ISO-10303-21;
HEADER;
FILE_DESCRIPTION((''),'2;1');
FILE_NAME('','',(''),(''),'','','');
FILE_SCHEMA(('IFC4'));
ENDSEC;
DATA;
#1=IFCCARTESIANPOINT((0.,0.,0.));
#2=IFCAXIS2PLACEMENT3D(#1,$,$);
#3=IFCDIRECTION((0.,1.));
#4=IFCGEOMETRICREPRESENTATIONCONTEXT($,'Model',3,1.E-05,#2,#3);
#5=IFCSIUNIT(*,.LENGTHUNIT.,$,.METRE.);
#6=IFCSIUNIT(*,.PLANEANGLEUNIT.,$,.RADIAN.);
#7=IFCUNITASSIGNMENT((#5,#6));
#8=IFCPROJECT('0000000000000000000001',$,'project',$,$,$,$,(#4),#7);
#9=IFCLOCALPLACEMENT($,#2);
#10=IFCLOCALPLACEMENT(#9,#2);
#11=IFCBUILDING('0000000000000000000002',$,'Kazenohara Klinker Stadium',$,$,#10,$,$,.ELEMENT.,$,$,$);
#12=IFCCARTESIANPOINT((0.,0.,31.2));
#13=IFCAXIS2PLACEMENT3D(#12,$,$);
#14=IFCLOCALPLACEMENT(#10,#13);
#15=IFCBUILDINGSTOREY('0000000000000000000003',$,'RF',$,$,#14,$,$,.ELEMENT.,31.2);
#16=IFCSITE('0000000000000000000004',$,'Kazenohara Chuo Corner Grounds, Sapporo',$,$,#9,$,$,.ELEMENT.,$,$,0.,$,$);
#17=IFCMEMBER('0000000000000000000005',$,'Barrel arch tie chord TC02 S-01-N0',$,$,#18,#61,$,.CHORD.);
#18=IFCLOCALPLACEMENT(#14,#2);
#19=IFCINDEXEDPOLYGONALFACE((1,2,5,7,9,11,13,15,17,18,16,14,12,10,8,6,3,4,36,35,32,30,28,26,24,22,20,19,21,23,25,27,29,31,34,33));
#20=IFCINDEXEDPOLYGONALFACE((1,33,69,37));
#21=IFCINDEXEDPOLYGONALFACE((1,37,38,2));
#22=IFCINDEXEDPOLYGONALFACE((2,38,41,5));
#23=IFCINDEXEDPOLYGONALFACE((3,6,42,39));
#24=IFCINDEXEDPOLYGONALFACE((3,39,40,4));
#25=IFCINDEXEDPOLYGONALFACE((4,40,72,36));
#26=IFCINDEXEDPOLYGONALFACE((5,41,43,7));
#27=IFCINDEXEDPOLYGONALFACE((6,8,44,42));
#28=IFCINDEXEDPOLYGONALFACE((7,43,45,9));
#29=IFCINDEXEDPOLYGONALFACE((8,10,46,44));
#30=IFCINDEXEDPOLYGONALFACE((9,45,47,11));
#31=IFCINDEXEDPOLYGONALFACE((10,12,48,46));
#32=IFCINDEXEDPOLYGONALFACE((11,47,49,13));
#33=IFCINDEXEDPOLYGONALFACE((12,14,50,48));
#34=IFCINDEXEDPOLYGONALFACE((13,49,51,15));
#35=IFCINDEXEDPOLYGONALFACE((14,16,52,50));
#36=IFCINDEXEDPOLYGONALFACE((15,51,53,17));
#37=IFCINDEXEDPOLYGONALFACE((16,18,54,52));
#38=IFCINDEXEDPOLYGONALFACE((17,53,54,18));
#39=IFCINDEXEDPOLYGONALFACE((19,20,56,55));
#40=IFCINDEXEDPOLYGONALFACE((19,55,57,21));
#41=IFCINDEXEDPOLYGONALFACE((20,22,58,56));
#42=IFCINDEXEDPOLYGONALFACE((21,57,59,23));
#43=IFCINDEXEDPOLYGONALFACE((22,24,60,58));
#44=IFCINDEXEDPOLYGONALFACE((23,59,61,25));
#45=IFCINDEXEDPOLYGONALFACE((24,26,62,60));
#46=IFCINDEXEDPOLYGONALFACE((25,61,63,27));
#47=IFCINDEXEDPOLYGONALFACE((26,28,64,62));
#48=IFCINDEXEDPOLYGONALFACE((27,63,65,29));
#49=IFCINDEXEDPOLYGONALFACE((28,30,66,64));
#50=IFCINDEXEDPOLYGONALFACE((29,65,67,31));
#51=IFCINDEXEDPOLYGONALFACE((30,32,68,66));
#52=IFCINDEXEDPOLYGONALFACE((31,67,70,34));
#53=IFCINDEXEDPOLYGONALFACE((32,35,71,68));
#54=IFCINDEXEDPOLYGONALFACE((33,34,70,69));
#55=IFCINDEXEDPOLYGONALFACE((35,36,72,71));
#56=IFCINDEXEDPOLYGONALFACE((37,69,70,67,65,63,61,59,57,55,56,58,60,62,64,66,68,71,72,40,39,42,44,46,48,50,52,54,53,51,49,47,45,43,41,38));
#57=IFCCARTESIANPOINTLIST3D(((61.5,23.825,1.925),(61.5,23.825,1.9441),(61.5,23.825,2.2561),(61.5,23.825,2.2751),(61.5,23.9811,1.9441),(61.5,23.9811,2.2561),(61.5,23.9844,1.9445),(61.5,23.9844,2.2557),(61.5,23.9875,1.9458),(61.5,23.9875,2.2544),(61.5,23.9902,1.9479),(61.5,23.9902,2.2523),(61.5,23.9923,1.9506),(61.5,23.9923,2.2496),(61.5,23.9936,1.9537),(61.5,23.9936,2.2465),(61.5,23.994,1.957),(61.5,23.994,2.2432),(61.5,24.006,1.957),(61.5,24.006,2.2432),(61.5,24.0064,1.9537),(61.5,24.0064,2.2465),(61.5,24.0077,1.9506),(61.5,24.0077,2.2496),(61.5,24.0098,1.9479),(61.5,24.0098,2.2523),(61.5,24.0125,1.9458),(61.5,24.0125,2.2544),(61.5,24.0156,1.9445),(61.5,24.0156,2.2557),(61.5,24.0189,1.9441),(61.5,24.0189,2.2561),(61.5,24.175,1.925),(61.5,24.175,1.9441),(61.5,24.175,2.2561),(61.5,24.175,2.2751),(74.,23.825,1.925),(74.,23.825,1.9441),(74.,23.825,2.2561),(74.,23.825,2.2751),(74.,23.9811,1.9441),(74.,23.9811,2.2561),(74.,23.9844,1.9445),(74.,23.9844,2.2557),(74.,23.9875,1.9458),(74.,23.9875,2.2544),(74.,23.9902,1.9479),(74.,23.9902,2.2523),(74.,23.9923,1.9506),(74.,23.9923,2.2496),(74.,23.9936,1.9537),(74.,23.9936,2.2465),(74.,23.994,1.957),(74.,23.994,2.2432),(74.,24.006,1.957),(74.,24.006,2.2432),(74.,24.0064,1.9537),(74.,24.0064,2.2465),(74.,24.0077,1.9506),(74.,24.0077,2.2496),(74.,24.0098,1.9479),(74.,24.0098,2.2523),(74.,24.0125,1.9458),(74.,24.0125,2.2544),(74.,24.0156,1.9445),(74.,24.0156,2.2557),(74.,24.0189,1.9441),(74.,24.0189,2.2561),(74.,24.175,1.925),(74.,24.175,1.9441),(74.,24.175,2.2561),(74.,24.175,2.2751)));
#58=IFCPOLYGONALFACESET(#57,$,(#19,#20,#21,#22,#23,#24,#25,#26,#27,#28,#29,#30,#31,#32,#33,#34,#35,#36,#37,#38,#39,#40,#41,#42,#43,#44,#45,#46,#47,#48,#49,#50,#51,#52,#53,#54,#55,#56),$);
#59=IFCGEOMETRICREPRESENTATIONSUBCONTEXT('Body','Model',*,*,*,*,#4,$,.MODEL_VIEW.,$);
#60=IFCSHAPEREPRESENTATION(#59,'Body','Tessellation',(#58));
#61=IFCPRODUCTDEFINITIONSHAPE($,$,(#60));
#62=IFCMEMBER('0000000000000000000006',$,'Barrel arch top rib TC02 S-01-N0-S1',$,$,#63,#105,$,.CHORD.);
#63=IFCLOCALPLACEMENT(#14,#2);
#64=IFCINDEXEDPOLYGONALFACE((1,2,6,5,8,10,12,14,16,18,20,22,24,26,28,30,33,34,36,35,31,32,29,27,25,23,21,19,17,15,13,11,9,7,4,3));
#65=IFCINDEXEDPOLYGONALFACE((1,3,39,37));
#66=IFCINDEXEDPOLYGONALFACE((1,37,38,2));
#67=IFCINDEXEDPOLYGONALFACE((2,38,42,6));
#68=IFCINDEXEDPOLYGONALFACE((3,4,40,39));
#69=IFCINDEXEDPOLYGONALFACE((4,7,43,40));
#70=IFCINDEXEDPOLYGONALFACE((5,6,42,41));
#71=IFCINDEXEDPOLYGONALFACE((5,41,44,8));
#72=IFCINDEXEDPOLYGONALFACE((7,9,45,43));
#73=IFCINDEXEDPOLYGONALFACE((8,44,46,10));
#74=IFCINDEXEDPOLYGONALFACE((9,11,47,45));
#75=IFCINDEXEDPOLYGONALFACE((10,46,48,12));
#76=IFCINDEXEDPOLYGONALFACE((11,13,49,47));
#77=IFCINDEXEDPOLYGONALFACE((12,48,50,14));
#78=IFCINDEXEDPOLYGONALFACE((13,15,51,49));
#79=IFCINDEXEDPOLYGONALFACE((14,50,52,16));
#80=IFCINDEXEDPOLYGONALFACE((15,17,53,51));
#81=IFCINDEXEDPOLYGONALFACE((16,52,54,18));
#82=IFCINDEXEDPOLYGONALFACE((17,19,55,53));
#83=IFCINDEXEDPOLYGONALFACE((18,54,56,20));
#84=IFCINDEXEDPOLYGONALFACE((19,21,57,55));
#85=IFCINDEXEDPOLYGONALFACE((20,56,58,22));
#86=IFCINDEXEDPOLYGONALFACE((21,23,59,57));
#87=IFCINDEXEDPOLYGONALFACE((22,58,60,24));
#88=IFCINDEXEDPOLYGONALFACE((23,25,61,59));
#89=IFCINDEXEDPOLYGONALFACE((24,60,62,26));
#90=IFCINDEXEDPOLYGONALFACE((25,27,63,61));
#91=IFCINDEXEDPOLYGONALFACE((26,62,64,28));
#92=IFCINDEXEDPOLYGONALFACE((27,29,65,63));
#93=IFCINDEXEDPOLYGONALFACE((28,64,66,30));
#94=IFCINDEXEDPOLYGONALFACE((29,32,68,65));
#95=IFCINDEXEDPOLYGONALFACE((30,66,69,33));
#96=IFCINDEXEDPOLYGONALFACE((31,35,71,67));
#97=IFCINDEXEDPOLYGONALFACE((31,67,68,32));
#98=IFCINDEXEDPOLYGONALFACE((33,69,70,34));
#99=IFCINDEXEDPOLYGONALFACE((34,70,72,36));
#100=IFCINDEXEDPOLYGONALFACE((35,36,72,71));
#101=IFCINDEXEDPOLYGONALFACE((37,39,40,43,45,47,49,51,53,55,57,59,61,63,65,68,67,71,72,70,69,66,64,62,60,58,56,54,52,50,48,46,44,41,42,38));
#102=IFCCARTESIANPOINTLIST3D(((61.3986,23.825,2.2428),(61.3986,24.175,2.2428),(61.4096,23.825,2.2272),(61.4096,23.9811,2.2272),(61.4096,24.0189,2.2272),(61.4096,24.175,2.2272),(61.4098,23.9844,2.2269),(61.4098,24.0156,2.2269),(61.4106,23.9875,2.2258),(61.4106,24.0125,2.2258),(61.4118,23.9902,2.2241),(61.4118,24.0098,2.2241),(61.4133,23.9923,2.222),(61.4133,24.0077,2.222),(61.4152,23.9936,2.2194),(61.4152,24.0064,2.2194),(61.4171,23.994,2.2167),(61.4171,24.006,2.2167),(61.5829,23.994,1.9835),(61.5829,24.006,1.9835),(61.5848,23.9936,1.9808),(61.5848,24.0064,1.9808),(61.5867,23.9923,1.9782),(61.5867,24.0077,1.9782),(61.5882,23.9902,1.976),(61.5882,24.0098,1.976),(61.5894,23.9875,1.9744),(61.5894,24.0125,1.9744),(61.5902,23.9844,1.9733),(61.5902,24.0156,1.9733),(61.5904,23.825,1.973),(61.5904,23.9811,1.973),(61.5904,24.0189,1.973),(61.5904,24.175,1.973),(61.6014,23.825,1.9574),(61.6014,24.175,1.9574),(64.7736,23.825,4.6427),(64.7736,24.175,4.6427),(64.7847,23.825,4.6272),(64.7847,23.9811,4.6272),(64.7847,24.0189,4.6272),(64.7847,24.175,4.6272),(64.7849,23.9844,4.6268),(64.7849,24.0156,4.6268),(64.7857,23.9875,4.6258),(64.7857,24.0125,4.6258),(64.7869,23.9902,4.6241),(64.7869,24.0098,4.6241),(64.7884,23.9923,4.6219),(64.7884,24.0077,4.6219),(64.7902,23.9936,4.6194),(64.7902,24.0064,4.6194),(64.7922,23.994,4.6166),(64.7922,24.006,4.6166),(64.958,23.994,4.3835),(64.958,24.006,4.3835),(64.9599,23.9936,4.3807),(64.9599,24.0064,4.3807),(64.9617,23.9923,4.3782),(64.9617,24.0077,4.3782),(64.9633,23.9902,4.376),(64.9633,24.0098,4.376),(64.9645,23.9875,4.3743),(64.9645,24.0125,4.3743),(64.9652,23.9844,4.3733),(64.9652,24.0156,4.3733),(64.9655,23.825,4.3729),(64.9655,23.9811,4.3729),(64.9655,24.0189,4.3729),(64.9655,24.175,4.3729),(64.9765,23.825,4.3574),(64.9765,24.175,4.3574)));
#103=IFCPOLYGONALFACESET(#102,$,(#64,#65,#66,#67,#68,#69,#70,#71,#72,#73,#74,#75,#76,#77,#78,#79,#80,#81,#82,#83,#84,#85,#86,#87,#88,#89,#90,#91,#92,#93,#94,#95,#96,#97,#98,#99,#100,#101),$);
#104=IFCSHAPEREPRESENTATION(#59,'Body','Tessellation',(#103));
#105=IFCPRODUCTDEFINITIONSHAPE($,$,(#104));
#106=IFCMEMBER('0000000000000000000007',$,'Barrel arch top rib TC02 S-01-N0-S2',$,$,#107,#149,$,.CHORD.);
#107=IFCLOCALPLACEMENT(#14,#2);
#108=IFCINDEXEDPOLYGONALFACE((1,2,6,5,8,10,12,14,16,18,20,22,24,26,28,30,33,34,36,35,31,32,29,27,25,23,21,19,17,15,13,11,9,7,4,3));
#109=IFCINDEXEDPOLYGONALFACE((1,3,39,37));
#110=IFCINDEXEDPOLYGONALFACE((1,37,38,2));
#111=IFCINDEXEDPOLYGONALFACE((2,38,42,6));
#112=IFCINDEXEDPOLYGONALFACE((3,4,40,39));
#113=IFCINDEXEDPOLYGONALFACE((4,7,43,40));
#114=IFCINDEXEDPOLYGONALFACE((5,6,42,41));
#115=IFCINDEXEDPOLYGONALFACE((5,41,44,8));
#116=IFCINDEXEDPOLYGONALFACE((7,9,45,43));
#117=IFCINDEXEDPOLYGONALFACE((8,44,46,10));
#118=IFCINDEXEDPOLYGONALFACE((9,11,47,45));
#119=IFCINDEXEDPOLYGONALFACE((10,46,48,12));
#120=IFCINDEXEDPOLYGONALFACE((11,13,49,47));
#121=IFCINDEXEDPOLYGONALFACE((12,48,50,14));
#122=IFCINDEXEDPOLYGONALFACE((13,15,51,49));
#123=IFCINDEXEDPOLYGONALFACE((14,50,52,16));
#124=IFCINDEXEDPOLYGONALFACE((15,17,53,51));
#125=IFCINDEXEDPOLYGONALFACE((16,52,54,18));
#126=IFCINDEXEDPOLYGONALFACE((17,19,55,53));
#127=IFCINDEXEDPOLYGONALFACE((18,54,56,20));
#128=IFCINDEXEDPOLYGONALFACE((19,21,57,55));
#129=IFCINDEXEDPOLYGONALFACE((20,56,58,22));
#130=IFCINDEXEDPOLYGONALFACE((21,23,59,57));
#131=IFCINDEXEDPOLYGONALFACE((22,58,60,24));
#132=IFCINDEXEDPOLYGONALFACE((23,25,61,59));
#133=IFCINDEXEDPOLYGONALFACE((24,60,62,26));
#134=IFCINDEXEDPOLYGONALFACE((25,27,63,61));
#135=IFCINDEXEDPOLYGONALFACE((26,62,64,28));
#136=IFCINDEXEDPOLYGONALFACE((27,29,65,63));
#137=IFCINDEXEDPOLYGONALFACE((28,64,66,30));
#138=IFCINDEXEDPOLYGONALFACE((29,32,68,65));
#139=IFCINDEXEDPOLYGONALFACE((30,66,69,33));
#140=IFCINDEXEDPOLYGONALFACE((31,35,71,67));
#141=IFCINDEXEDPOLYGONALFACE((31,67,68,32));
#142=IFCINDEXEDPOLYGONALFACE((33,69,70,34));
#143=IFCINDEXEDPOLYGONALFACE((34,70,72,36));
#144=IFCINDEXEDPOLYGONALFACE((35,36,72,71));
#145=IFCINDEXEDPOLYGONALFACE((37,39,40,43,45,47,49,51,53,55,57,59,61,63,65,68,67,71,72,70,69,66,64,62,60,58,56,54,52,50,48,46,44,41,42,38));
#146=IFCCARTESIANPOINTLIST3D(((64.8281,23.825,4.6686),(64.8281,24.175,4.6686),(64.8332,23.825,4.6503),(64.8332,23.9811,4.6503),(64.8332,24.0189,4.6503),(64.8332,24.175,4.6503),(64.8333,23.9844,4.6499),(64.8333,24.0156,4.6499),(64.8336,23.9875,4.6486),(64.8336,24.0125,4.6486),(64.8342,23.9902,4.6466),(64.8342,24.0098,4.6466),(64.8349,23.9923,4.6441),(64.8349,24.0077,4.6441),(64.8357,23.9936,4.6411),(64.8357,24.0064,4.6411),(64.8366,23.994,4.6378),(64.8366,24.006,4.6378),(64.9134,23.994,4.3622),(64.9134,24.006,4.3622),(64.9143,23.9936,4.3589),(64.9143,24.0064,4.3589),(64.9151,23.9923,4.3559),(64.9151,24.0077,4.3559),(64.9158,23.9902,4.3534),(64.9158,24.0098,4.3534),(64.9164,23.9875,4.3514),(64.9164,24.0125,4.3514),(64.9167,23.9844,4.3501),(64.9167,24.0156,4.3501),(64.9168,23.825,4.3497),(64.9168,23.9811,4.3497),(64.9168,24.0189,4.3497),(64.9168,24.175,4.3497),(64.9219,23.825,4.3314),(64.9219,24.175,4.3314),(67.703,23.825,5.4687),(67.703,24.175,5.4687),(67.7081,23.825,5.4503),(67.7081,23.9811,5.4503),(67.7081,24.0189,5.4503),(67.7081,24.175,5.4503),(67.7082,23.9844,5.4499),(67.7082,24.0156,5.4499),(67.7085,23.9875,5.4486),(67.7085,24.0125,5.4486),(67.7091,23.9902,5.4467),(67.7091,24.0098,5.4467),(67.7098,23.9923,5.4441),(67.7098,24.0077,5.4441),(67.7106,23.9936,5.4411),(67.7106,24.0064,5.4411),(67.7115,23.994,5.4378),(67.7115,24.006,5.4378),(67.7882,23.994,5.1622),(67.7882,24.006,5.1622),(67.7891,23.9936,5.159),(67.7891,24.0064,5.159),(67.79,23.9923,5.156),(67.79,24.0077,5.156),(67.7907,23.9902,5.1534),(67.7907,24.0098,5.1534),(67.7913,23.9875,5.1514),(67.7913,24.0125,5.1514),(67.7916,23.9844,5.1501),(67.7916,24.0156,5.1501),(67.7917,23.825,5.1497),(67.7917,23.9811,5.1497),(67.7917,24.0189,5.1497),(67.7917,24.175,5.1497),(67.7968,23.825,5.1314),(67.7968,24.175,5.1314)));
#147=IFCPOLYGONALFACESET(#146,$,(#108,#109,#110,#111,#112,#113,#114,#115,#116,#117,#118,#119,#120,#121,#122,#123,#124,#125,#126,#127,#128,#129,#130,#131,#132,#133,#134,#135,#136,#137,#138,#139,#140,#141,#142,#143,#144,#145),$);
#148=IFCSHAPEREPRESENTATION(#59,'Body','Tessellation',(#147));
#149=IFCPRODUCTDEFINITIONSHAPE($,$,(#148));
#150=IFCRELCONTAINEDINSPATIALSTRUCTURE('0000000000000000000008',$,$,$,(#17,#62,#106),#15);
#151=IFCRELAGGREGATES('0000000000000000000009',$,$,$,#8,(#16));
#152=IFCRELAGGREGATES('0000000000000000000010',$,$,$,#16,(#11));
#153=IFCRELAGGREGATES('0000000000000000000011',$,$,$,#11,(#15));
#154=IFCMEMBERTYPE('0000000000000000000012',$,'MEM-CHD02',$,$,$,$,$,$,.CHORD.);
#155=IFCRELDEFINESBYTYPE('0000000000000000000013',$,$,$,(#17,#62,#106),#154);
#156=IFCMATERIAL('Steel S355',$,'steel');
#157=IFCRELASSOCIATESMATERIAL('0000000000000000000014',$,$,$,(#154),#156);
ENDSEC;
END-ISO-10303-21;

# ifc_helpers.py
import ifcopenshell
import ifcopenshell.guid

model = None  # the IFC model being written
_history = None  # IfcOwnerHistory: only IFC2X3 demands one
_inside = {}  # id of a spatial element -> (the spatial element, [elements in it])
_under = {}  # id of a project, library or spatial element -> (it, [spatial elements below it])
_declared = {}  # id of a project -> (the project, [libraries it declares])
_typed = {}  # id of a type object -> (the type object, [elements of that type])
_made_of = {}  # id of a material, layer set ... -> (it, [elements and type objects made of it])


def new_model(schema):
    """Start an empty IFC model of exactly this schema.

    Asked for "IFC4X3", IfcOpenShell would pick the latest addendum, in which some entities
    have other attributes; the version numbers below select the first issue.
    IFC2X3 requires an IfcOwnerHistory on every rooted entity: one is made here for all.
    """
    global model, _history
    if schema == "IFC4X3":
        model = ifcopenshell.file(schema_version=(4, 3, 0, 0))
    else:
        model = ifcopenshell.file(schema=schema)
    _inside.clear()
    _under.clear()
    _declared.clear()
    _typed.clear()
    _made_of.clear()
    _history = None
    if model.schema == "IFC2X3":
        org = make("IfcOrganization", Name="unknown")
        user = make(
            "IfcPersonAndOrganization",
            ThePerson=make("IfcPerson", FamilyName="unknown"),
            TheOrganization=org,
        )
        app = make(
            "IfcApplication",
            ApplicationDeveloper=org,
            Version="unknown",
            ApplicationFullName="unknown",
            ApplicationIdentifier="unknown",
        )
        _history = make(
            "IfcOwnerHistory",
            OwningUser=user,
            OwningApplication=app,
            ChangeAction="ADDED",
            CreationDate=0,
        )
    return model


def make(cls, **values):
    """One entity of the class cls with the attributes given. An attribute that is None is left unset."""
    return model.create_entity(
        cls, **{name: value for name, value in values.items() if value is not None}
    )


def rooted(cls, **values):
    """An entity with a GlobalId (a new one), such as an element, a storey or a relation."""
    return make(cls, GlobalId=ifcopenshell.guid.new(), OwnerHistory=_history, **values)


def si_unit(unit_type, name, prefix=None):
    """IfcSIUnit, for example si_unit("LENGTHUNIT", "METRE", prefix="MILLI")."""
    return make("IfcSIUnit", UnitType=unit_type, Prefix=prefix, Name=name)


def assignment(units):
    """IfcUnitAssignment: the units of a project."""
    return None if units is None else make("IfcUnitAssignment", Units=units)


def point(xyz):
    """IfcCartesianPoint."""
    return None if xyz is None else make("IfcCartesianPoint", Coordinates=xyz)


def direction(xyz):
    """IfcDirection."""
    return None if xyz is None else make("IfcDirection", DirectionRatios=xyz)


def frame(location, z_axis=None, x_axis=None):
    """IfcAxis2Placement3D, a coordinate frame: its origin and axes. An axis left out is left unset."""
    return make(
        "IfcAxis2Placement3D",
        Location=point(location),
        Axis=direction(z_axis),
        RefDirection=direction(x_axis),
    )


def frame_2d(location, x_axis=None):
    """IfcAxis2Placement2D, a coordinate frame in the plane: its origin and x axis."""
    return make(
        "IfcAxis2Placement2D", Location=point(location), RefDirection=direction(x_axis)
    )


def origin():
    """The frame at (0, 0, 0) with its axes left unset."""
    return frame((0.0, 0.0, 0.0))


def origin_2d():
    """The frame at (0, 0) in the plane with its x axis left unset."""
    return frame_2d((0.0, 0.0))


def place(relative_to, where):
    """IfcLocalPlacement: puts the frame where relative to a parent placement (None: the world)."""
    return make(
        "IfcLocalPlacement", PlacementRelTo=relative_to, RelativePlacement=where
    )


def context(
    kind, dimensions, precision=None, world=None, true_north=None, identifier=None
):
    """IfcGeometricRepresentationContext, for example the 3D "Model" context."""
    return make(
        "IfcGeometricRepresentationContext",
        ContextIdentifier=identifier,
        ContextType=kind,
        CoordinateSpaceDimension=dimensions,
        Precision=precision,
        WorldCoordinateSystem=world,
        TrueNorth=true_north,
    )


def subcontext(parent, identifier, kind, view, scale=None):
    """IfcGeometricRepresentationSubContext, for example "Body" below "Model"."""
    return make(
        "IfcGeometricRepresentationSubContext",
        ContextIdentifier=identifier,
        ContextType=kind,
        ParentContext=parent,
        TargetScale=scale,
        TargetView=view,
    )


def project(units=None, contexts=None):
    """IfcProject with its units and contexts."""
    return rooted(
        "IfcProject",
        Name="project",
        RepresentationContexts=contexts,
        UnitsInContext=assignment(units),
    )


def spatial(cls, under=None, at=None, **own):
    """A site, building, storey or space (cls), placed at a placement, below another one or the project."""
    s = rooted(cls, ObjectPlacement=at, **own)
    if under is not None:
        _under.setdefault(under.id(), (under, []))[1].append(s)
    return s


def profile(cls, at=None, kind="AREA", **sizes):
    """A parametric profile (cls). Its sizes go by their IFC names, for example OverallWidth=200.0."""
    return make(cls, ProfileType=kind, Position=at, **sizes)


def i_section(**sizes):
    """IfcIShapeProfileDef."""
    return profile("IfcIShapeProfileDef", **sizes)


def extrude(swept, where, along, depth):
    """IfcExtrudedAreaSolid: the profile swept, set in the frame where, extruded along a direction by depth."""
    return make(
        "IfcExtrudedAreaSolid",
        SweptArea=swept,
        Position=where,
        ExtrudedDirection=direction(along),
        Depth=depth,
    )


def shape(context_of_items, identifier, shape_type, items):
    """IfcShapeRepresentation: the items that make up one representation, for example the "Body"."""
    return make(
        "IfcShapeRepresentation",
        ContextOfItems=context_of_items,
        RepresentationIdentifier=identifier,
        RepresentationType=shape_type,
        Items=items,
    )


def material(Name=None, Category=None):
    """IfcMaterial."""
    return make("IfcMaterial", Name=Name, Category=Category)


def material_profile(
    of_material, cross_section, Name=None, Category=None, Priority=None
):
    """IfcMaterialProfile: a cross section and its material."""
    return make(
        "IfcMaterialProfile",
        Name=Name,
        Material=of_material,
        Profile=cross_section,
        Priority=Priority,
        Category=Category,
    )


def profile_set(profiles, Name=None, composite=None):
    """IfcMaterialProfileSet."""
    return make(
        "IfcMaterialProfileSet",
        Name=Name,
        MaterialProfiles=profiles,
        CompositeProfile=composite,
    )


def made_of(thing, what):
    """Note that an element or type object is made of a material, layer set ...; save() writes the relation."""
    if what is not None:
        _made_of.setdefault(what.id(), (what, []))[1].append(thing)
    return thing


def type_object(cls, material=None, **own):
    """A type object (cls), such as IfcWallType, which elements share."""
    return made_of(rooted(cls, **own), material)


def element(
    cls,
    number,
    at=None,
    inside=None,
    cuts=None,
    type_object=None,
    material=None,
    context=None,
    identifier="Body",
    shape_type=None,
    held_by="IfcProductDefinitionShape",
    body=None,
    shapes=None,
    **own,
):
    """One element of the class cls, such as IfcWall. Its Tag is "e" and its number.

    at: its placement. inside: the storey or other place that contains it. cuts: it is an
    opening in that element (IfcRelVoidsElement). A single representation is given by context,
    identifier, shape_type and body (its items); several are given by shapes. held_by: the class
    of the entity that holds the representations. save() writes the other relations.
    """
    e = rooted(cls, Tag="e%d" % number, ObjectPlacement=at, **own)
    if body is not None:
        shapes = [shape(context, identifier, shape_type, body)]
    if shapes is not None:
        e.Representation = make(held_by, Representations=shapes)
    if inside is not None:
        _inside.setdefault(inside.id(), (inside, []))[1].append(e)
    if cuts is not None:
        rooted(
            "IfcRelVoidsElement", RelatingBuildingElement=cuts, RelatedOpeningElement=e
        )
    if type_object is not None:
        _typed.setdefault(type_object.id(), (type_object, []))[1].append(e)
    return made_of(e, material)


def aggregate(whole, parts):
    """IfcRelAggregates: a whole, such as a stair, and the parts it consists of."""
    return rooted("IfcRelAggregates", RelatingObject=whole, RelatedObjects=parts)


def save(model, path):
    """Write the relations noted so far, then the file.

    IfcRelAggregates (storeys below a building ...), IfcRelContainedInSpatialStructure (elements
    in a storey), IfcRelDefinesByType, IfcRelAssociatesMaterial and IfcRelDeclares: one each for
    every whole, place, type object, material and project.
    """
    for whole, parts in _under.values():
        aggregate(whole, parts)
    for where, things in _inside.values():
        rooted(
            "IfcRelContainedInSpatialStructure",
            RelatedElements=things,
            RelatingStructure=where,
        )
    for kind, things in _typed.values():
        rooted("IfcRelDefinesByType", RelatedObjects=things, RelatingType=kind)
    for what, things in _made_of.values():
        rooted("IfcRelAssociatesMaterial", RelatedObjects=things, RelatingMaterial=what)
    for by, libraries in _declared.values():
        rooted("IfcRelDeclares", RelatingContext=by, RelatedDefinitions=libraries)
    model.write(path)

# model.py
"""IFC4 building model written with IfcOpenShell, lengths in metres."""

from ifc_helpers import new_model, si_unit, direction, frame, origin, origin_2d, place, context, subcontext, project, spatial, i_section, extrude, material, material_profile, profile_set, type_object, element, save


model = new_model("IFC4")

# Units and contexts
model_context = context("Model", 3, precision=1e-05, world=origin(), true_north=direction((0.0, 1.0)))
body_context = subcontext(model_context, "Body", "Model", "MODEL_VIEW")
ifc_project = project(units=[si_unit("LENGTHUNIT", "METRE"), si_unit("PLANEANGLEUNIT", "RADIAN")], contexts=[model_context])

# Site, building, storey
site_placement = place(None, origin())
site = spatial("IfcSite", under=ifc_project, at=site_placement, Name="Kazenohara Chuo Corner Grounds, Sapporo", CompositionType="ELEMENT", RefElevation=0.0)
building_placement = place(site_placement, origin())
building = spatial("IfcBuilding", under=site, at=building_placement, Name="Kazenohara Klinker Stadium", CompositionType="ELEMENT")
storey_placement = place(building_placement, frame((0.0, 0.0, 31.2)))
storey = spatial("IfcBuildingStorey", under=building, at=storey_placement, Name="RF", CompositionType="ELEMENT", Elevation=31.2)

# Members
ifc_material_1 = material(Name="Steel S355", Category="steel")
ifc_material_profile_1 = material_profile(ifc_material_1, i_section(OverallWidth=0.3501, OverallDepth=0.3501, WebThickness=0.012, FlangeThickness=0.019, FilletRadius=0.0129, at=origin_2d()), Name="H-350x350x12x19")
ifc_profile_set_1 = profile_set([ifc_material_profile_1], Name="Steel S355")
member_type_1 = type_object("IfcMemberType", Name="MEM-CHD02", PredefinedType="CHORD", material=ifc_profile_set_1)
member_1_placement = place(storey_placement, frame((61.5, 24.0, 2.1001), z_axis=(1.0, 0.0, 0.0), x_axis=(0.0, 1.0, 0.0)))
element("IfcMember", 1, at=member_1_placement, inside=storey, type_object=member_type_1, Name="Barrel arch tie chord TC02 S-01-N0", PredefinedType="CHORD", context=body_context, shape_type="SweptSolid", body=[
    extrude(i_section(OverallWidth=0.3501, OverallDepth=0.3501, WebThickness=0.012, FlangeThickness=0.019, FilletRadius=0.0129, at=origin_2d()), origin(), (0.0, 0.0, 1.0), 12.5),
])
member_2_placement = place(storey_placement, frame((61.5, 24.0, 2.1001), z_axis=(0.814966, 0.0, 0.579508), x_axis=(0.0, 1.0, 0.0)))
element("IfcMember", 2, at=member_2_placement, inside=storey, type_object=member_type_1, Name="Barrel arch top rib TC02 S-01-N0-S1", PredefinedType="CHORD", context=body_context, shape_type="SweptSolid", body=[
    extrude(i_section(OverallWidth=0.3501, OverallDepth=0.3501, WebThickness=0.012, FlangeThickness=0.019, FilletRadius=0.0129, at=origin_2d()), origin(), (0.0, 0.0, 1.0), 4.1414),
])
member_3_placement = place(storey_placement, frame((64.875, 24.0, 4.5), z_axis=(0.963394, 0.0, 0.268091), x_axis=(0.0, 1.0, 0.0)))
element("IfcMember", 3, at=member_3_placement, inside=storey, type_object=member_type_1, Name="Barrel arch top rib TC02 S-01-N0-S2", PredefinedType="CHORD", context=body_context, shape_type="SweptSolid", body=[
    extrude(i_section(OverallWidth=0.3501, OverallDepth=0.3501, WebThickness=0.012, FlangeThickness=0.019, FilletRadius=0.0129, at=origin_2d()), origin(), (0.0, 0.0, 1.0), 2.9841),
])

save(model, "model.ifc")
